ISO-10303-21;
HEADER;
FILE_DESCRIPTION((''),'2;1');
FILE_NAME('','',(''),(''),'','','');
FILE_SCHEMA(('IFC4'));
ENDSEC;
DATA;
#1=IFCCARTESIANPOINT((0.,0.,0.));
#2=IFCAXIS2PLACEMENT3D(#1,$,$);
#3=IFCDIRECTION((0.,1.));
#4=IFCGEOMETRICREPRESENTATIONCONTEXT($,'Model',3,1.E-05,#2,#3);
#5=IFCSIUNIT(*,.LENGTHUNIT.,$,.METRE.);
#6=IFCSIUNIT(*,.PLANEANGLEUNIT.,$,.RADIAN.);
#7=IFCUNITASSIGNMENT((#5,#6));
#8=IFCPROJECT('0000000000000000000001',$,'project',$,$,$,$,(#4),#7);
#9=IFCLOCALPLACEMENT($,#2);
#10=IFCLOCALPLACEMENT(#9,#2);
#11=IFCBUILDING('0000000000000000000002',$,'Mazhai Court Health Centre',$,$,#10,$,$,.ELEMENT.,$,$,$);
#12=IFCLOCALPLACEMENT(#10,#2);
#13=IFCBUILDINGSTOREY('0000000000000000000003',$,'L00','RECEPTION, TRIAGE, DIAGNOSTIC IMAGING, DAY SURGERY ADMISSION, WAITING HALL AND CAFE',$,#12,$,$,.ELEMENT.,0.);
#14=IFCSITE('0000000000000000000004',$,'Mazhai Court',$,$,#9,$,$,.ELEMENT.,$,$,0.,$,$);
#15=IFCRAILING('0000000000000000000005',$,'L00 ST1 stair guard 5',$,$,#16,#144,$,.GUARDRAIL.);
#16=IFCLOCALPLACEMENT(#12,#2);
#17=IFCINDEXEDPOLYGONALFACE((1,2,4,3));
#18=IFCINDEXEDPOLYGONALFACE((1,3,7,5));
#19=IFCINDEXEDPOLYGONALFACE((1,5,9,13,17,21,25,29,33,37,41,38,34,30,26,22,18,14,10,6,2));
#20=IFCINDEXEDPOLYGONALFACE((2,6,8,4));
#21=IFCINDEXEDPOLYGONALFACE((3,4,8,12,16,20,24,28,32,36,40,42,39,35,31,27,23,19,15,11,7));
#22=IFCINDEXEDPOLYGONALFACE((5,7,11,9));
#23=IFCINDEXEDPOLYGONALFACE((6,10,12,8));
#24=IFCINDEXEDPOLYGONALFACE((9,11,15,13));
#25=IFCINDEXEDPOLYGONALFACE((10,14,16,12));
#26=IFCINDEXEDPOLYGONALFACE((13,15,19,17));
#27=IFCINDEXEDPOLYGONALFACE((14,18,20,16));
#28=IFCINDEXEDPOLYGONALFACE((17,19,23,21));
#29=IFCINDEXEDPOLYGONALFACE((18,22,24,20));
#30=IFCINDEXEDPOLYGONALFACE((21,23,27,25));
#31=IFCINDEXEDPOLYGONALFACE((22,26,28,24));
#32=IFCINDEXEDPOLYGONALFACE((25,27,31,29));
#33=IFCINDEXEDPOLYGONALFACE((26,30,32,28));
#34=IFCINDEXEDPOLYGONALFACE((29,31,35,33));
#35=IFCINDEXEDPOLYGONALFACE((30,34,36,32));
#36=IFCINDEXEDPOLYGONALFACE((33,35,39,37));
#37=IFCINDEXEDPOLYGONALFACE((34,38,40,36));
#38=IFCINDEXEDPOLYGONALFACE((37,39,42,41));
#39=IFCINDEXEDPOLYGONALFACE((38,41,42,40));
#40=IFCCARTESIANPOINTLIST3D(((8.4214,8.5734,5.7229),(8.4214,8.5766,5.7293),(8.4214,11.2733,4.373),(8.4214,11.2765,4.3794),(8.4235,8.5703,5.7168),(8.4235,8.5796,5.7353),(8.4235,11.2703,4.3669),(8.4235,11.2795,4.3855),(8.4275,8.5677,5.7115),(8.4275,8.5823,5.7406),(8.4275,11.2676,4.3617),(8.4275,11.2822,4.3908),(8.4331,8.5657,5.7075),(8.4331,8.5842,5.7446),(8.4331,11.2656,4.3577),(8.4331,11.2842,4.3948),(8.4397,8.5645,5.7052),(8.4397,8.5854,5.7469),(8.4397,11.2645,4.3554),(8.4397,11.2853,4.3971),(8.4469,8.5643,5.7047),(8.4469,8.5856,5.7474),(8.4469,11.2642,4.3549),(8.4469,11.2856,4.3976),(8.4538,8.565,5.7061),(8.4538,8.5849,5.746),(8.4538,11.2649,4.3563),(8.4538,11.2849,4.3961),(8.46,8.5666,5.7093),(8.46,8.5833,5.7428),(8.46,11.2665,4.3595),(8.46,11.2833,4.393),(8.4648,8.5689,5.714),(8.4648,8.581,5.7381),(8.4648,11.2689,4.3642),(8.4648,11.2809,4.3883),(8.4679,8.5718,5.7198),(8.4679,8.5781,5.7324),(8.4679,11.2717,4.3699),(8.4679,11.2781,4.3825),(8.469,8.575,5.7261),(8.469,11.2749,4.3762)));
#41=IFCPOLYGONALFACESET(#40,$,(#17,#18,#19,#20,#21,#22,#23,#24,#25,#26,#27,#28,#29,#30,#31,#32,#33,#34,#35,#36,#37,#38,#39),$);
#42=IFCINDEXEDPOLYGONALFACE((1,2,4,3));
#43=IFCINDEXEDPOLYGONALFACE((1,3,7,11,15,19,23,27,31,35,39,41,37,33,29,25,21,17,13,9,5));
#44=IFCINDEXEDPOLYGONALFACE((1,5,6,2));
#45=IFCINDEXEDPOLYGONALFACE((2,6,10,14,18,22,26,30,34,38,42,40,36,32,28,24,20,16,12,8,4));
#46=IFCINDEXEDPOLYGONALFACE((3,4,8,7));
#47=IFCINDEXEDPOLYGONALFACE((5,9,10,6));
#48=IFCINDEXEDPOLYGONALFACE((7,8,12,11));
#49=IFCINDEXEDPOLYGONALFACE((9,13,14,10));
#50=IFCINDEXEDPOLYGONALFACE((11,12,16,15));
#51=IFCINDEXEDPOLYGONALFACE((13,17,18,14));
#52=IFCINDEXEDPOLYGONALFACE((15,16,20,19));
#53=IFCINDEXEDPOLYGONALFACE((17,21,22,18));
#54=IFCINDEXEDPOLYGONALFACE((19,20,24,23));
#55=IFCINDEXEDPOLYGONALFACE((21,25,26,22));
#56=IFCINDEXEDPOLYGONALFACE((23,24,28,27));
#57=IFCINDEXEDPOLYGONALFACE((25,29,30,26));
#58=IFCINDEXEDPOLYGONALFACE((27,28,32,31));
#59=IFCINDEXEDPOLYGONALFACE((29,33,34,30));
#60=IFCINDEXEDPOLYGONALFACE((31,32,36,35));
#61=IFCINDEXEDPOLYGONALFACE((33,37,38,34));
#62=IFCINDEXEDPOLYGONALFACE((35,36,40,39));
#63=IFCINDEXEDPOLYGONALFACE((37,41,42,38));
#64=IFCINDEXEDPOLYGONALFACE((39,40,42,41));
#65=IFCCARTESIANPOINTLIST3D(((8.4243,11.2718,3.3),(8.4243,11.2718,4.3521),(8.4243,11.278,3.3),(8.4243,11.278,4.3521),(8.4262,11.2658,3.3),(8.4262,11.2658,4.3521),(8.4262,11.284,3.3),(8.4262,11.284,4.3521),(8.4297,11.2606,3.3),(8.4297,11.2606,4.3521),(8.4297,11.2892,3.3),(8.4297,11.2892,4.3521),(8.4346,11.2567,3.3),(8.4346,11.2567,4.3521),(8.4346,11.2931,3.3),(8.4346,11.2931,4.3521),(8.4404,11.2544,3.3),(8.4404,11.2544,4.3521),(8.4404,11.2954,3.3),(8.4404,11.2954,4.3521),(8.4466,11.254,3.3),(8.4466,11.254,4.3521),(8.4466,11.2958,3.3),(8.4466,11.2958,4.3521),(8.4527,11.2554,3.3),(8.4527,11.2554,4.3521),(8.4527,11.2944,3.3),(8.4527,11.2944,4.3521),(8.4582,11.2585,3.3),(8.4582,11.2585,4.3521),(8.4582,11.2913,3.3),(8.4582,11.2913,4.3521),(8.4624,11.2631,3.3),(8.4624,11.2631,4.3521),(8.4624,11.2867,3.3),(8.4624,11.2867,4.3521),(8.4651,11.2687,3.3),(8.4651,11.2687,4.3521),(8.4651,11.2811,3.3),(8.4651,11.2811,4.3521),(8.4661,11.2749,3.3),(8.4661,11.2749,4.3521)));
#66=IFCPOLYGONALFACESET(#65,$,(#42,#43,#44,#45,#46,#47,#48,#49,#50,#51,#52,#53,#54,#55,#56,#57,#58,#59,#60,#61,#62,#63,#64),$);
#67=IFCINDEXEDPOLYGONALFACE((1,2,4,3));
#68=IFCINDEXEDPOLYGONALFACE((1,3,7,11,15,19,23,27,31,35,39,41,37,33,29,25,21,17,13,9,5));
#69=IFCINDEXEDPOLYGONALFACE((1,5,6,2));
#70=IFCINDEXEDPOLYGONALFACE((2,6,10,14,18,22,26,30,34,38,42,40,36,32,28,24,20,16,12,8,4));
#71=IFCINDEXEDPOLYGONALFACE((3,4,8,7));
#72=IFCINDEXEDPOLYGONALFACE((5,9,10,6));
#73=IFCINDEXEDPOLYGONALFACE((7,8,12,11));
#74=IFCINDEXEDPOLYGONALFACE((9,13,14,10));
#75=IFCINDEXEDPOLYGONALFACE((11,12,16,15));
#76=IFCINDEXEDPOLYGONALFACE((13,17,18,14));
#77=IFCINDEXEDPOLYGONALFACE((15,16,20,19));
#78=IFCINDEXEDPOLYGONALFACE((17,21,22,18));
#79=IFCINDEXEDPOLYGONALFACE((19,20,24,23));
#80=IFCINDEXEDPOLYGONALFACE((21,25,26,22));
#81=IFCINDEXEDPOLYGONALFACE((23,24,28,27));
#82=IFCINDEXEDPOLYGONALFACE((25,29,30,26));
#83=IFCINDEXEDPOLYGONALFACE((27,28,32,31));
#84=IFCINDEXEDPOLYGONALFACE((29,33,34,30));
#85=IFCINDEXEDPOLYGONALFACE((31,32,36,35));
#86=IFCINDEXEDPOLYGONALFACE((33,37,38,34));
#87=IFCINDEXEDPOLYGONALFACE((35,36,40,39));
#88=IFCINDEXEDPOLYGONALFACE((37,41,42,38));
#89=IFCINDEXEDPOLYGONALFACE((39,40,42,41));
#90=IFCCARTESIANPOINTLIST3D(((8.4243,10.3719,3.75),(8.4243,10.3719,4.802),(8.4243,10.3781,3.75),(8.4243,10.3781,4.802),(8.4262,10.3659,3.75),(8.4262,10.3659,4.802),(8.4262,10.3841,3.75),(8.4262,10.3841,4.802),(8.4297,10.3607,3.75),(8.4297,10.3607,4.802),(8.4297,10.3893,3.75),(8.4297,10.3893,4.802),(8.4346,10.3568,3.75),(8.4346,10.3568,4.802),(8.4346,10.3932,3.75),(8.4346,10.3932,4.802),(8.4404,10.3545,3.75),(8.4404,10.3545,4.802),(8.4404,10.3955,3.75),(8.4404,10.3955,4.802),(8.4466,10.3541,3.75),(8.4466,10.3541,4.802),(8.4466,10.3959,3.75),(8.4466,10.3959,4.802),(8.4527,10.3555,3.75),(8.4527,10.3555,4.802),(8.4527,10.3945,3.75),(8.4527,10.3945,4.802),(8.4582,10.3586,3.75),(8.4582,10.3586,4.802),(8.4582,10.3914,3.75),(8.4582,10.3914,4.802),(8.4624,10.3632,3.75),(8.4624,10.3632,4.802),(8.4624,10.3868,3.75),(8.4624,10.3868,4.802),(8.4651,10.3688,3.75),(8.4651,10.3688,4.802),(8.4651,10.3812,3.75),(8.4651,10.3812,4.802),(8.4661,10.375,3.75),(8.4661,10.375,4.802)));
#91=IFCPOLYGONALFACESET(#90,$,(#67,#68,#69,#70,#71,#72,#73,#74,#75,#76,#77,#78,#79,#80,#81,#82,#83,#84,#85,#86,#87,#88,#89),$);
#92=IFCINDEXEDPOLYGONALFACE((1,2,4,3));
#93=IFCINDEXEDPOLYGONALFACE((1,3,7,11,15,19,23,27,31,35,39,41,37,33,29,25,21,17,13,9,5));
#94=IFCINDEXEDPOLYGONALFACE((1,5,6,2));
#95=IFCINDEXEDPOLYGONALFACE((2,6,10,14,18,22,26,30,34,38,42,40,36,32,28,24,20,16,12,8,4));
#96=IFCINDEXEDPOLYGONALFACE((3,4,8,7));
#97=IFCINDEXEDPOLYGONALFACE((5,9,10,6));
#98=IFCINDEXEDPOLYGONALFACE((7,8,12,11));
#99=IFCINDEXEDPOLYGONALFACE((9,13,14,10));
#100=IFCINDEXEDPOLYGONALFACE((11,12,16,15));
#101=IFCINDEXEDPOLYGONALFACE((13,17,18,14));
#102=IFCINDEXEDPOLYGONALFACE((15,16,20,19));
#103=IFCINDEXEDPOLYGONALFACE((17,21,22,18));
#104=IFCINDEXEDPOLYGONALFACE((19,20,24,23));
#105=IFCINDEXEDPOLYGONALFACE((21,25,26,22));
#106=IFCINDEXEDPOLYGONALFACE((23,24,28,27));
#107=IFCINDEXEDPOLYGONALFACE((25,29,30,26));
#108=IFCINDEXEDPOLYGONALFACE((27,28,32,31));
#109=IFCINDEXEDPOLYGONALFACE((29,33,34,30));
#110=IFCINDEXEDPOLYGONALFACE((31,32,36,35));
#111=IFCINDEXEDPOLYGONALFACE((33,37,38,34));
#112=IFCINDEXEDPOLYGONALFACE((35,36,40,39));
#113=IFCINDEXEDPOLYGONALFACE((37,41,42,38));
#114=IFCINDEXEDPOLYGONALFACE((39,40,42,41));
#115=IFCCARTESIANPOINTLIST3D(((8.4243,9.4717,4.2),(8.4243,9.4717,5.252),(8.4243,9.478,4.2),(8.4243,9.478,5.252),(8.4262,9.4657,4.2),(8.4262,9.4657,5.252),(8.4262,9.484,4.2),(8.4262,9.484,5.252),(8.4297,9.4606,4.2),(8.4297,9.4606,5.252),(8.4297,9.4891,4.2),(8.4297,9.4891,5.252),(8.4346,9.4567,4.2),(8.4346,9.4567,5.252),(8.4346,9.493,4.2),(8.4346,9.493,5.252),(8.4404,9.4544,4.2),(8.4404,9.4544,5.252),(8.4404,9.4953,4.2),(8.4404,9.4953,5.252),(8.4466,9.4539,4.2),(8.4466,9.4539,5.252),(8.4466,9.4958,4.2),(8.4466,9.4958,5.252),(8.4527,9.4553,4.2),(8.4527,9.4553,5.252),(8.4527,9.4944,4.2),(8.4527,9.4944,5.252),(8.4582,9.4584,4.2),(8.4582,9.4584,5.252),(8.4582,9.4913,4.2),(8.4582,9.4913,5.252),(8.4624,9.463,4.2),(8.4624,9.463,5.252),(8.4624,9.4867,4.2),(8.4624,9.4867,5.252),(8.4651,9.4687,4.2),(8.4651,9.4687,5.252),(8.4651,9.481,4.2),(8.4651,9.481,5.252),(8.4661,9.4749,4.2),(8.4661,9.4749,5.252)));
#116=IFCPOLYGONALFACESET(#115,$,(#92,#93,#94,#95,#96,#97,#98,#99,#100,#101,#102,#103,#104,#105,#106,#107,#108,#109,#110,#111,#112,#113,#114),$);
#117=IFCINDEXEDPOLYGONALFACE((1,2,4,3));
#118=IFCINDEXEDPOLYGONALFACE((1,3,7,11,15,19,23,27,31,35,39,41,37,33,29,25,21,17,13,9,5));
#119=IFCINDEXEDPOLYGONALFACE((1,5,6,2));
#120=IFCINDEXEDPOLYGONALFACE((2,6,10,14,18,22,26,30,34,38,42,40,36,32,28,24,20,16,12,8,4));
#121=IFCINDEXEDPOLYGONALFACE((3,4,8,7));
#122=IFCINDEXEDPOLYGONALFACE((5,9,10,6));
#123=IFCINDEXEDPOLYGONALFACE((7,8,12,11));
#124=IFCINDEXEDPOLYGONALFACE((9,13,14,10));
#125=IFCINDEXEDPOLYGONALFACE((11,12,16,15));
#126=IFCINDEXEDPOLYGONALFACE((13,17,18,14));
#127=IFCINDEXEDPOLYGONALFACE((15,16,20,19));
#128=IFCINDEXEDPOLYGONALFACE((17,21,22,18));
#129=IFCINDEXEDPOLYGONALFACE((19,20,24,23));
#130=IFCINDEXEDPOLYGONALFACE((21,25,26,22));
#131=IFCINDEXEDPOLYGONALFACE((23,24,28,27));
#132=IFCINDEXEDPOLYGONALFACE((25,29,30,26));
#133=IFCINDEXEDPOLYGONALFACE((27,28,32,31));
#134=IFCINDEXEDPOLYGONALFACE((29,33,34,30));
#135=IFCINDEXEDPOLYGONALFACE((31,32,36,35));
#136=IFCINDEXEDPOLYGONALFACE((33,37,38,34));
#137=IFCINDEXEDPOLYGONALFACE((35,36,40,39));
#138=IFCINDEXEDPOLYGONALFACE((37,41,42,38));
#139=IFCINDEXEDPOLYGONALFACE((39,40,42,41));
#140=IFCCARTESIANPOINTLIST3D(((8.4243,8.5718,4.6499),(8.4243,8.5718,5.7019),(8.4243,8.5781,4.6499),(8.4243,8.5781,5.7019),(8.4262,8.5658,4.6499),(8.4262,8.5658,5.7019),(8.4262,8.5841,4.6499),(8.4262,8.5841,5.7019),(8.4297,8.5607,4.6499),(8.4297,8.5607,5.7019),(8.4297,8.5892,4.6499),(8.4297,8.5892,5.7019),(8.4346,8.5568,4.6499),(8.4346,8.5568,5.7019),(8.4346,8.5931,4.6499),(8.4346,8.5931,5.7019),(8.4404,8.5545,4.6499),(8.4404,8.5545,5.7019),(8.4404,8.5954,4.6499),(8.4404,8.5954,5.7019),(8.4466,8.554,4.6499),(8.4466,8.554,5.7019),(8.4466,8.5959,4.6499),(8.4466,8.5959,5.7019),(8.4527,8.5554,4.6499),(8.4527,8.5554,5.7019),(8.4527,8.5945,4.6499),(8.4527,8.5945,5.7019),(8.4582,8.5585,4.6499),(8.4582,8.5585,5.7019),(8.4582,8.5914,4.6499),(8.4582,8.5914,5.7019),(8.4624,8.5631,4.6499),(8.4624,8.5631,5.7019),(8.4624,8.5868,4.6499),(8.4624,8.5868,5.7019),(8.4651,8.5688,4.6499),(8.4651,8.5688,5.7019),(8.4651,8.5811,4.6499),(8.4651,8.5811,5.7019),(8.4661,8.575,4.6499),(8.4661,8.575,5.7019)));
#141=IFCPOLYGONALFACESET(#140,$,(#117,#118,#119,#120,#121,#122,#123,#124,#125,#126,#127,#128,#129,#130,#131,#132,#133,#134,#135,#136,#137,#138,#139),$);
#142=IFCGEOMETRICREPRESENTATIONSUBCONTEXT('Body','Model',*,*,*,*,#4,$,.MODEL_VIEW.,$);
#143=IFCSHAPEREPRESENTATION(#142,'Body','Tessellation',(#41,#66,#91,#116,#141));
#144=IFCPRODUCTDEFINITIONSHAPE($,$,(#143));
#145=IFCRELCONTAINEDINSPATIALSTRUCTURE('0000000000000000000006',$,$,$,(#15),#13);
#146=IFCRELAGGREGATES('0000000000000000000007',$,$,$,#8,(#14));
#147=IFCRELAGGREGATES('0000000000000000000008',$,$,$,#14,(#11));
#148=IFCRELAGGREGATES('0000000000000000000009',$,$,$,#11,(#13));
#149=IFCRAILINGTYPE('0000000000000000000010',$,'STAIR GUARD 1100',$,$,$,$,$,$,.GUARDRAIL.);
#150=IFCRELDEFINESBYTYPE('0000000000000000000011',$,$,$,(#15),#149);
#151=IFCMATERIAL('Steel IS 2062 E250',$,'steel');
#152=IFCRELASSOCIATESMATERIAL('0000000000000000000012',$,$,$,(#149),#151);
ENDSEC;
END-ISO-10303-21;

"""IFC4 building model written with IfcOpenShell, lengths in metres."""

from ifc_helpers import new_model, si_unit, direction, frame, origin, origin_2d, place, context, subcontext, project, spatial, circle, extrude, material, type_object, element, save


model = new_model("IFC4")

# Units and contexts
model_context = context("Model", 3, precision=1e-05, world=origin(), true_north=direction((0.0, 1.0)))
body_context = subcontext(model_context, "Body", "Model", "MODEL_VIEW")
ifc_project = project(units=[si_unit("LENGTHUNIT", "METRE"), si_unit("PLANEANGLEUNIT", "RADIAN")], contexts=[model_context])

# Site, building, storey
site_placement = place(None, origin())
site = spatial("IfcSite", under=ifc_project, at=site_placement, Name="Mazhai Court", CompositionType="ELEMENT", RefElevation=0.0)
building_placement = place(site_placement, origin())
building = spatial("IfcBuilding", under=site, at=building_placement, Name="Mazhai Court Health Centre", CompositionType="ELEMENT")
storey_placement = place(building_placement, origin())
storey = spatial("IfcBuildingStorey", under=building, at=storey_placement, Name="L00", Description="RECEPTION, TRIAGE, DIAGNOSTIC IMAGING, DAY SURGERY ADMISSION, WAITING HALL AND CAFE", CompositionType="ELEMENT", Elevation=0.0)

# Railing
ifc_material_1 = material(Name="Steel IS 2062 E250", Category="steel")
railing_type_1 = type_object("IfcRailingType", Name="STAIR GUARD 1100", PredefinedType="GUARDRAIL", material=ifc_material_1)
railing_1_placement = place(storey_placement, frame((8.4451, 11.2749, 3.3)))
element("IfcRailing", 1, at=railing_1_placement, inside=storey, type_object=railing_type_1, Name="L00 ST1 stair guard 5", PredefinedType="GUARDRAIL", context=body_context, shape_type="SweptSolid", body=[
    extrude(circle(Radius=0.0239, at=origin_2d()), frame((0.0, 0.0, 1.0762), z_axis=(0.0, -0.894443, 0.447181), x_axis=(1.0, 0.0, 0.0)), (0.0, 0.0, 1.0), 3.0186),
    extrude(circle(Radius=0.021, at=origin_2d()), origin(), (0.0, 0.0, 1.0), 1.052),
    extrude(circle(Radius=0.021, at=origin_2d()), frame((0.0, -0.8999, 0.45)), (0.0, 0.0, 1.0), 1.052),
    extrude(circle(Radius=0.021, at=origin_2d()), frame((0.0, -1.8, 0.8999)), (0.0, 0.0, 1.0), 1.052),
    extrude(circle(Radius=0.021, at=origin_2d()), frame((0.0, -2.7, 1.3499)), (0.0, 0.0, 1.0), 1.052),
])

save(model, "model.ifc")
